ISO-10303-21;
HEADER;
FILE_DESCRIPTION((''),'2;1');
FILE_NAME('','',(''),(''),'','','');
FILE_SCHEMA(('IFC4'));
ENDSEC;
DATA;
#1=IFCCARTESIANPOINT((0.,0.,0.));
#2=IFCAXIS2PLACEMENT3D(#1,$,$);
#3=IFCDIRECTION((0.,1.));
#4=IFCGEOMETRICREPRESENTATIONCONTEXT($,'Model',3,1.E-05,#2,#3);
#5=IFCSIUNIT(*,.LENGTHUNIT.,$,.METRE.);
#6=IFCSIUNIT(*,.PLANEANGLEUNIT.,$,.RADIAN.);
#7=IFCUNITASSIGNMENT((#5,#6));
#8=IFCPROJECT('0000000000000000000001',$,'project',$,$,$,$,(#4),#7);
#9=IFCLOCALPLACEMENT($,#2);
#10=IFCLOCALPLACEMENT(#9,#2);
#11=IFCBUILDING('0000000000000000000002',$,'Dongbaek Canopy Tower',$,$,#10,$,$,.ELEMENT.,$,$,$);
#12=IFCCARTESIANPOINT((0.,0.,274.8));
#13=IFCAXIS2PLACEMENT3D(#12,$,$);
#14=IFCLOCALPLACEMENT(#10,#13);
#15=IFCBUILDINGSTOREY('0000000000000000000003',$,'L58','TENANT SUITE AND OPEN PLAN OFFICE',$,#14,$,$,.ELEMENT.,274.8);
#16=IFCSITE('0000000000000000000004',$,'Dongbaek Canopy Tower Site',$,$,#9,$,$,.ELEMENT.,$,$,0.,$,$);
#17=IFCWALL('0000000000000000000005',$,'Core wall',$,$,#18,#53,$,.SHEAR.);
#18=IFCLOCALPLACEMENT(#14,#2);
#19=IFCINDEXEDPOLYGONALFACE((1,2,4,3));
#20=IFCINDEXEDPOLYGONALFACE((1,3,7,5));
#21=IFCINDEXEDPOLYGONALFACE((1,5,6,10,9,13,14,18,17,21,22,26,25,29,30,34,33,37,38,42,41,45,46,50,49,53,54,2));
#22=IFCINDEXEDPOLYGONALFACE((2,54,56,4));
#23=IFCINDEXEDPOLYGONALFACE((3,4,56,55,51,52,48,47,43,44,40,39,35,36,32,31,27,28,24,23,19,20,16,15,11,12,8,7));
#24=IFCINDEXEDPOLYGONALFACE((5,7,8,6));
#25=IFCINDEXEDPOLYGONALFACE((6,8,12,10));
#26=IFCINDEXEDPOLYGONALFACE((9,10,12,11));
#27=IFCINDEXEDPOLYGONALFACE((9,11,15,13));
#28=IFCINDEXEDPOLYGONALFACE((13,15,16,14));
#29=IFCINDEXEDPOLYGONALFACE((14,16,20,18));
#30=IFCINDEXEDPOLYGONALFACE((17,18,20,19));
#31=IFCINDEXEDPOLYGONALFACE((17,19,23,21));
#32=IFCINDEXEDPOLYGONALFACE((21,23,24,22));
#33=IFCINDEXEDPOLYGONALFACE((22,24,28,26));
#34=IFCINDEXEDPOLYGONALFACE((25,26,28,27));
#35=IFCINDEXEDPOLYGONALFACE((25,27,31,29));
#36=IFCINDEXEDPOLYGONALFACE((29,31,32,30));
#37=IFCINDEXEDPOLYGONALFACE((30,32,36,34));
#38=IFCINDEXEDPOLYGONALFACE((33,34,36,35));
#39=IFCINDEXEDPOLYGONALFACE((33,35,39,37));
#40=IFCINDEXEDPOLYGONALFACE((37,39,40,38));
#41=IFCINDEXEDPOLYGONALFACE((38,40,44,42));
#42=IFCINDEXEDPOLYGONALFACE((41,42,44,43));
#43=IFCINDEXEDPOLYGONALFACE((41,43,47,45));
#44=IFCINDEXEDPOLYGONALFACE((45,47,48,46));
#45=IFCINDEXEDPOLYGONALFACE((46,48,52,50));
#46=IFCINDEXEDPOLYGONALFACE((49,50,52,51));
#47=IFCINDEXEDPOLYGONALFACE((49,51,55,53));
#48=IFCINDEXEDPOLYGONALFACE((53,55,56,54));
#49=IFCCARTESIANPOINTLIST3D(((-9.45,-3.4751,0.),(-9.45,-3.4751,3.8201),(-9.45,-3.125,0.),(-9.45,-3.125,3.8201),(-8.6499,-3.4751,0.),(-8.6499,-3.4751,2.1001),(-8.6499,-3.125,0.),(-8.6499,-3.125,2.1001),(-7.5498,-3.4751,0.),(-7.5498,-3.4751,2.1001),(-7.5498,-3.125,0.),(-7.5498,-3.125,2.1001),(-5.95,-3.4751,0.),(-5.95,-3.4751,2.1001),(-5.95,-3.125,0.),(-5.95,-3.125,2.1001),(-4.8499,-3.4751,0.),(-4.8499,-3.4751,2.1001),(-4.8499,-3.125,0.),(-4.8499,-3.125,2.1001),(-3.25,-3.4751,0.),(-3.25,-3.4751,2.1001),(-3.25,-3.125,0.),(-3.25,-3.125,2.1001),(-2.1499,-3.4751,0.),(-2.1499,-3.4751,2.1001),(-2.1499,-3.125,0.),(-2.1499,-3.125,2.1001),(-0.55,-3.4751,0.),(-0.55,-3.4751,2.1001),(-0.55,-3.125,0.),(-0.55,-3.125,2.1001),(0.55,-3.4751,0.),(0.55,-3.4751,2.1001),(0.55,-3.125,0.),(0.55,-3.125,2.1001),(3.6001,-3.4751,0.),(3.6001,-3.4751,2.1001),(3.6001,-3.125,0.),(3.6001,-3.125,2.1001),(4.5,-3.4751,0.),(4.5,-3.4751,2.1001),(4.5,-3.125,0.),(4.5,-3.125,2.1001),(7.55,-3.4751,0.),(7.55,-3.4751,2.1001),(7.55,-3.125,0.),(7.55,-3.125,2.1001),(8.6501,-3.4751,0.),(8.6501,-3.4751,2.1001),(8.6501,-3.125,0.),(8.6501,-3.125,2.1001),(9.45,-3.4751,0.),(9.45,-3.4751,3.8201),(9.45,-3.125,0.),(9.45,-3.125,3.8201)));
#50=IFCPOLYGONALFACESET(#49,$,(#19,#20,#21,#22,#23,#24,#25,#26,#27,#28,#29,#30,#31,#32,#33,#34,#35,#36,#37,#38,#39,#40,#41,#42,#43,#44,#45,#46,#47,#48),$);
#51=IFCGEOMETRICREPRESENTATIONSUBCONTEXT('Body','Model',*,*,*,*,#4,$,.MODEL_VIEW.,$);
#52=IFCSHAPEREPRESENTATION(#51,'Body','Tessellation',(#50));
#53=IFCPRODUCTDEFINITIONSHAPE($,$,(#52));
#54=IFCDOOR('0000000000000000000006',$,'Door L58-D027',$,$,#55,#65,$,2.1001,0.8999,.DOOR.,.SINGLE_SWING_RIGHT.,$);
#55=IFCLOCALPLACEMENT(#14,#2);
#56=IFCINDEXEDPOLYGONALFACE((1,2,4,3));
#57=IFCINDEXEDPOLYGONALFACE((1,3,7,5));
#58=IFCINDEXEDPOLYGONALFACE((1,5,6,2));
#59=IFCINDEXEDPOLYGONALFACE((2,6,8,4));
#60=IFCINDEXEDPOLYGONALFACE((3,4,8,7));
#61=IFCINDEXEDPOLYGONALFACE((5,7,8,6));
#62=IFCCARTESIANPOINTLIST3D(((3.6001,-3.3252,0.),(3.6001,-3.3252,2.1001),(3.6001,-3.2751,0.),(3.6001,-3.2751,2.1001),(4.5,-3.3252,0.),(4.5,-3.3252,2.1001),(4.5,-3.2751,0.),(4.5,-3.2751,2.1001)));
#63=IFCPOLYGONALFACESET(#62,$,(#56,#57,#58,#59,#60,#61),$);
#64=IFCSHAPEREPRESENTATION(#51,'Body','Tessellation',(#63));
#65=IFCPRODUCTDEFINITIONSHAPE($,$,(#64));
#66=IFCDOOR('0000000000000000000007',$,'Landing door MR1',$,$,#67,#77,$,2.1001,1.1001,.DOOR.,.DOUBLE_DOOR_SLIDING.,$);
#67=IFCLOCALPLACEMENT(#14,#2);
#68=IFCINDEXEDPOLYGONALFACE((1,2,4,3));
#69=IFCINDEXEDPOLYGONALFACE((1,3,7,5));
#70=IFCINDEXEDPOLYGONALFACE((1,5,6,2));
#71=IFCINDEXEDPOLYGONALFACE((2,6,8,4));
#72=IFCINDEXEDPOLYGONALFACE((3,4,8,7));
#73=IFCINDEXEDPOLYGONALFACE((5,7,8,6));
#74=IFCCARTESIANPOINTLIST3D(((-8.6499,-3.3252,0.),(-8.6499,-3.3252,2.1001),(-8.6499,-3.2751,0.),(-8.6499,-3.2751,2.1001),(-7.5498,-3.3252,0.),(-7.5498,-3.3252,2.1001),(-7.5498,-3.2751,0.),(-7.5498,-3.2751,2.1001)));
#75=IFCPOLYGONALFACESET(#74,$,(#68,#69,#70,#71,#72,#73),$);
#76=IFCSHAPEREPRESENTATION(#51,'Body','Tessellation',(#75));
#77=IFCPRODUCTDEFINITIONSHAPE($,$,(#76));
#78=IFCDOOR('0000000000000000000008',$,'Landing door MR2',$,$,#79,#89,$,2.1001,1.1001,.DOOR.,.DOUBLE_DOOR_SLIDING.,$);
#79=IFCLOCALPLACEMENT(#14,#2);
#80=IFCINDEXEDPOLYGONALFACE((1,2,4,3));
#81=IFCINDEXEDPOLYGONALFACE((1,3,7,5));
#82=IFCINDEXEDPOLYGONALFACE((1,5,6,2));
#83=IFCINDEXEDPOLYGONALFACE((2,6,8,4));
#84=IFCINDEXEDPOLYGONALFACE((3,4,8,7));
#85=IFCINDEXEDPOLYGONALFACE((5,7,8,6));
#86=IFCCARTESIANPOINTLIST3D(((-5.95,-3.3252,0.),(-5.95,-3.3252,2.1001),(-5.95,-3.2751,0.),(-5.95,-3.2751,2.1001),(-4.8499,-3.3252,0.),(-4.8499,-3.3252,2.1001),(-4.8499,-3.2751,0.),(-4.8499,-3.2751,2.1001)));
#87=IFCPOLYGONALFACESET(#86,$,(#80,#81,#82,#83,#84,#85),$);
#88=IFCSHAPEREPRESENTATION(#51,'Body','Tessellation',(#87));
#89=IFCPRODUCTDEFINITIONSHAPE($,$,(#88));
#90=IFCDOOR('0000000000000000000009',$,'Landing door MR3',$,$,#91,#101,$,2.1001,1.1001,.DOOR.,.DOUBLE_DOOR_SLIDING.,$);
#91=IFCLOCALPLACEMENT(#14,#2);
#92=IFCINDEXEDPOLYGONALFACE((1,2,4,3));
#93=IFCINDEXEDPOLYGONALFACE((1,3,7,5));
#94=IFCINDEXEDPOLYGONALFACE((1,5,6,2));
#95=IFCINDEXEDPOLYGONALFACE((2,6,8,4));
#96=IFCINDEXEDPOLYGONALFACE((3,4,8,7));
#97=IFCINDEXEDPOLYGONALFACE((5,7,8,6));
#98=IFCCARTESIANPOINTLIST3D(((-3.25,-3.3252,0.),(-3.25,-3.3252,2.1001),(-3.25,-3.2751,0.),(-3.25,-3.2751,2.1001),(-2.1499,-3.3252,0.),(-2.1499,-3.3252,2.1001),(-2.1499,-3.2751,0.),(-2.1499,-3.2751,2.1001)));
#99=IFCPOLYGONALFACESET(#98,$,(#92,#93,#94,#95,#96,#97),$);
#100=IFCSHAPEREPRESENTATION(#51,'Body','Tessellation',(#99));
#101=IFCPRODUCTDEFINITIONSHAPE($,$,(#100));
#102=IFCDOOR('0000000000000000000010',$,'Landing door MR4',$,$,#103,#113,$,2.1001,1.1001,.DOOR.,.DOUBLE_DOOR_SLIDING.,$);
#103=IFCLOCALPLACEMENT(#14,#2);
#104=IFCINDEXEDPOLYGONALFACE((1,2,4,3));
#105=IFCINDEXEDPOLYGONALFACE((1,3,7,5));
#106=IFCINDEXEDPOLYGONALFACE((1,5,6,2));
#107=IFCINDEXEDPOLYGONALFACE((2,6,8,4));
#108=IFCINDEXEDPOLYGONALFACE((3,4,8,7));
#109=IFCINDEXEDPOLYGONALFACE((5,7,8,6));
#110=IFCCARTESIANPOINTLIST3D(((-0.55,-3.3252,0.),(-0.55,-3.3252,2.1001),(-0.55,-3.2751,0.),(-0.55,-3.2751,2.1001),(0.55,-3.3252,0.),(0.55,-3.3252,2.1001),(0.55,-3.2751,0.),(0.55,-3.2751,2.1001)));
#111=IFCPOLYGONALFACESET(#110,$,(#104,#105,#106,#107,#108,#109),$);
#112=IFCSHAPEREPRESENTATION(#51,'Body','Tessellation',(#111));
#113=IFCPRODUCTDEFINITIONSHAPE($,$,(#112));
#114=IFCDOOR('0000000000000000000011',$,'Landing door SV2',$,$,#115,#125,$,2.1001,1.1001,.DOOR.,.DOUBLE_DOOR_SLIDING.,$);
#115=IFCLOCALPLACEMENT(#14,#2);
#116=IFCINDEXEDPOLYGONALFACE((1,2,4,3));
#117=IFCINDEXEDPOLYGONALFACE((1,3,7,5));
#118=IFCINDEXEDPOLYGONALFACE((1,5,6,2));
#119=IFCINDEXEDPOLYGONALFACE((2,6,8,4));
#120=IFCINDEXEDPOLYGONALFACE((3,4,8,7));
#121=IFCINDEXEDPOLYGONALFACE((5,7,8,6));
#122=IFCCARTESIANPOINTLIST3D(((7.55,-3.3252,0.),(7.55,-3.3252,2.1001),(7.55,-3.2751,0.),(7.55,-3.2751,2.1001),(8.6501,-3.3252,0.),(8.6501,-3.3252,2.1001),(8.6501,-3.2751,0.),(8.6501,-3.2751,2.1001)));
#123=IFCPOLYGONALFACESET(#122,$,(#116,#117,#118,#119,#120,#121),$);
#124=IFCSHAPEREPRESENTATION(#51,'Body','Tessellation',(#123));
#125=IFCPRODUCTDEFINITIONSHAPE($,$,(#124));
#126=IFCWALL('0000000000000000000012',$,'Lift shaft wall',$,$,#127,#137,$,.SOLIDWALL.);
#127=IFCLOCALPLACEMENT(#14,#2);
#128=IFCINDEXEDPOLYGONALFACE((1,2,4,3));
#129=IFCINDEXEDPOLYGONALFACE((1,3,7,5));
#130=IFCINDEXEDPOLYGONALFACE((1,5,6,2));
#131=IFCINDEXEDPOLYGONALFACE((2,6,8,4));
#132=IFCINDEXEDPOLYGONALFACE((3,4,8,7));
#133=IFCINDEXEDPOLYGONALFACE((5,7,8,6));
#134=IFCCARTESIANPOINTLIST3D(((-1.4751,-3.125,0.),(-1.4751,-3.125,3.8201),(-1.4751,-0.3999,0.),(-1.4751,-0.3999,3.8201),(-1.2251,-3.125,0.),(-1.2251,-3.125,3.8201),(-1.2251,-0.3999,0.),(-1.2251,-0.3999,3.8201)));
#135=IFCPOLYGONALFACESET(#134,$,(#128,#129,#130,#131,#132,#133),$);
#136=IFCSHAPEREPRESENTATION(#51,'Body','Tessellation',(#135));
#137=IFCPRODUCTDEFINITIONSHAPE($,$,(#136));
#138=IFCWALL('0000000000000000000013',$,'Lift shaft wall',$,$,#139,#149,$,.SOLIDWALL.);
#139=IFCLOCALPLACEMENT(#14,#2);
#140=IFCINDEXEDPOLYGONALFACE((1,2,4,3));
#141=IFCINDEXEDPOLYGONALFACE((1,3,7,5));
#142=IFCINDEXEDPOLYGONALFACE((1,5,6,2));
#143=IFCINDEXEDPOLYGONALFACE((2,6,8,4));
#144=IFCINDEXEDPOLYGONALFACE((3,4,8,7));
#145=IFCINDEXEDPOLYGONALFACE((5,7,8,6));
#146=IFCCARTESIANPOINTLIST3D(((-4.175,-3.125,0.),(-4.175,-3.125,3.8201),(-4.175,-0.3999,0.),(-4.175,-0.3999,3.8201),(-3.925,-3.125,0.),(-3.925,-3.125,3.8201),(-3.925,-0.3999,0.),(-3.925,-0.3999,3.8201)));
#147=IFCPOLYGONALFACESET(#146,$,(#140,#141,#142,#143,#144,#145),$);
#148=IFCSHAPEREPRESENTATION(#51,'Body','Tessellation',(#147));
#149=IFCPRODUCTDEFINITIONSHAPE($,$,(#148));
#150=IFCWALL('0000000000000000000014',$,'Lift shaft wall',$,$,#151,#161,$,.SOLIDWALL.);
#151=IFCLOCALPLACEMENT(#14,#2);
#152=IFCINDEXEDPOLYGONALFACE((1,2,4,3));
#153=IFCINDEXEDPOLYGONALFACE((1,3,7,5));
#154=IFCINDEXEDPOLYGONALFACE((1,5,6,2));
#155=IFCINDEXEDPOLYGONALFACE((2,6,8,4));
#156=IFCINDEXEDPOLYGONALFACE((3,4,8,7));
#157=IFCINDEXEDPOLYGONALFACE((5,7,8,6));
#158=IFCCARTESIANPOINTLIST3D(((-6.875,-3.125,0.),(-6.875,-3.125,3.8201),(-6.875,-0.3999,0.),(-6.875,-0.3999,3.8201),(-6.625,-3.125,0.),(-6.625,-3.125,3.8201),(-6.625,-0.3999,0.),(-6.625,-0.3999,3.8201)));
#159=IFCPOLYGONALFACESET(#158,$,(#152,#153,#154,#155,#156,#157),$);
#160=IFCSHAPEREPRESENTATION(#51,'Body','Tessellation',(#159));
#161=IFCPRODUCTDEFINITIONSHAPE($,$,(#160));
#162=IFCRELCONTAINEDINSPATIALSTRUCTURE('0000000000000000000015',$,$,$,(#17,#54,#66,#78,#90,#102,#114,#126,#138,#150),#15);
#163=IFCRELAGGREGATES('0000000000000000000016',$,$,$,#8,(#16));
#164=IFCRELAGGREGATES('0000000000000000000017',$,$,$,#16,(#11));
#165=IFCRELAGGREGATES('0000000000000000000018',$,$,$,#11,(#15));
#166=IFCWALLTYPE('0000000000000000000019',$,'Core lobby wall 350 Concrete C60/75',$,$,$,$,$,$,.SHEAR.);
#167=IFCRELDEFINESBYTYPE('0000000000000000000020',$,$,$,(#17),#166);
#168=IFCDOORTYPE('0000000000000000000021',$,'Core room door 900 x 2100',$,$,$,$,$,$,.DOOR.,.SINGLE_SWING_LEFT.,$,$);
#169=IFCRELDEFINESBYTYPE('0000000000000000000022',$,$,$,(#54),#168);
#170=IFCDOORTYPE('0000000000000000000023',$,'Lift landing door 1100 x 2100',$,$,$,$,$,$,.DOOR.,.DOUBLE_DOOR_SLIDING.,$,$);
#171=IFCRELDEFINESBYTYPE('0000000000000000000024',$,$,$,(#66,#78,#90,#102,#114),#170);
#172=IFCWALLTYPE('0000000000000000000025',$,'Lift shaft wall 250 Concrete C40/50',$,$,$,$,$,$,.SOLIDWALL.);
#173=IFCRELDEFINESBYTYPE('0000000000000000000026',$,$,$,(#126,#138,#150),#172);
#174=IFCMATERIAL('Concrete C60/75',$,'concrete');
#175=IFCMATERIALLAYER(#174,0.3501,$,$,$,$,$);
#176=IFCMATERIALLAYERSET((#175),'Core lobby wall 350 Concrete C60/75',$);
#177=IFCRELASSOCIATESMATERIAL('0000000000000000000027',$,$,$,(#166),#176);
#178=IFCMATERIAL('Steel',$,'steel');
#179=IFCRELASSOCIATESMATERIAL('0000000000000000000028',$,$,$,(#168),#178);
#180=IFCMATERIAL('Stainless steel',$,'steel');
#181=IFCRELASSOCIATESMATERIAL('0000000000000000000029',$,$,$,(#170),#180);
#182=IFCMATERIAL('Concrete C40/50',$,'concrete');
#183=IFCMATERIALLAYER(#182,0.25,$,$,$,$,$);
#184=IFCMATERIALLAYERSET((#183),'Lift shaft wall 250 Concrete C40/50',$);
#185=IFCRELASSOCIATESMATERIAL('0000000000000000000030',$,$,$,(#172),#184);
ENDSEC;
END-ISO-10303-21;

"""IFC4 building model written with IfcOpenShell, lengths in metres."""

from ifc_helpers import new_model, si_unit, direction, frame, frame_2d, origin, place, context, subcontext, project, spatial, rectangle, extrude, material, layer, layer_set, type_object, element, fill, save


model = new_model("IFC4")

# Units and contexts
model_context = context("Model", 3, precision=1e-05, world=origin(), true_north=direction((0.0, 1.0)))
body_context = subcontext(model_context, "Body", "Model", "MODEL_VIEW")
ifc_project = project(units=[si_unit("LENGTHUNIT", "METRE"), si_unit("PLANEANGLEUNIT", "RADIAN")], contexts=[model_context])

# Site, building, storey
site_placement = place(None, origin())
site = spatial("IfcSite", under=ifc_project, at=site_placement, Name="Dongbaek Canopy Tower Site", CompositionType="ELEMENT", RefElevation=0.0)
building_placement = place(site_placement, origin())
building = spatial("IfcBuilding", under=site, at=building_placement, Name="Dongbaek Canopy Tower", CompositionType="ELEMENT")
storey_placement = place(building_placement, frame((0.0, 0.0, 274.8)))
storey = spatial("IfcBuildingStorey", under=building, at=storey_placement, Name="L58", Description="TENANT SUITE AND OPEN PLAN OFFICE", CompositionType="ELEMENT", Elevation=274.8)

# Wall, openings, doors
ifc_material_1 = material(Name="Concrete C60/75", Category="concrete")
ifc_layer_1 = layer(ifc_material_1, 0.3501)
ifc_layer_set_1 = layer_set([ifc_layer_1], Name="Core lobby wall 350 Concrete C60/75")
wall_type_1 = type_object("IfcWallType", Name="Core lobby wall 350 Concrete C60/75", PredefinedType="SHEAR", material=ifc_layer_set_1)
wall_1_placement = place(storey_placement, frame((-9.45, -3.3, 0.0), z_axis=(0.0, 0.0, 1.0), x_axis=(1.0, 0.0, 0.0)))
wall_1 = element("IfcWall", 1, at=wall_1_placement, inside=storey, type_object=wall_type_1, Name="Core wall", PredefinedType="SHEAR", context=body_context, shape_type="SweptSolid", body=[
    extrude(rectangle(XDim=18.8999, YDim=0.3501, at=frame_2d((9.45, 0.0))), origin(), (0.0, 0.0, 1.0), 3.8201),
])
opening_1_placement = place(wall_1_placement, frame((0.8, 0.0, 0.0)))
opening_1 = element("IfcOpeningElement", 2, at=opening_1_placement, cuts=wall_1, PredefinedType="OPENING", context=body_context, shape_type="SweptSolid", body=[
    extrude(rectangle(XDim=1.1001, YDim=2.1001, at=frame_2d((0.55, 1.05))), frame((0.0, 0.1851, 0.0), z_axis=(0.0, -1.0, 0.0), x_axis=(1.0, 0.0, 0.0)), (0.0, 0.0, 1.0), 0.3701),
])
opening_2_placement = place(wall_1_placement, frame((3.5, 0.0, 0.0)))
opening_2 = element("IfcOpeningElement", 3, at=opening_2_placement, cuts=wall_1, PredefinedType="OPENING", context=body_context, shape_type="SweptSolid", body=[
    extrude(rectangle(XDim=1.1001, YDim=2.1001, at=frame_2d((0.55, 1.05))), frame((0.0, 0.1851, 0.0), z_axis=(0.0, -1.0, 0.0), x_axis=(1.0, 0.0, 0.0)), (0.0, 0.0, 1.0), 0.3701),
])
opening_3_placement = place(wall_1_placement, frame((6.2, 0.0, 0.0)))
opening_3 = element("IfcOpeningElement", 4, at=opening_3_placement, cuts=wall_1, PredefinedType="OPENING", context=body_context, shape_type="SweptSolid", body=[
    extrude(rectangle(XDim=1.1001, YDim=2.1001, at=frame_2d((0.55, 1.05))), frame((0.0, 0.1851, 0.0), z_axis=(0.0, -1.0, 0.0), x_axis=(1.0, 0.0, 0.0)), (0.0, 0.0, 1.0), 0.3701),
])
opening_4_placement = place(wall_1_placement, frame((8.8999, 0.0, 0.0)))
opening_4 = element("IfcOpeningElement", 5, at=opening_4_placement, cuts=wall_1, PredefinedType="OPENING", context=body_context, shape_type="SweptSolid", body=[
    extrude(rectangle(XDim=1.1001, YDim=2.1001, at=frame_2d((0.55, 1.05))), frame((0.0, 0.1851, 0.0), z_axis=(0.0, -1.0, 0.0), x_axis=(1.0, 0.0, 0.0)), (0.0, 0.0, 1.0), 0.3701),
])
opening_5_placement = place(wall_1_placement, frame((17.0, 0.0, 0.0)))
opening_5 = element("IfcOpeningElement", 6, at=opening_5_placement, cuts=wall_1, PredefinedType="OPENING", context=body_context, shape_type="SweptSolid", body=[
    extrude(rectangle(XDim=1.1001, YDim=2.1001, at=frame_2d((0.55, 1.05))), frame((0.0, 0.1851, 0.0), z_axis=(0.0, -1.0, 0.0), x_axis=(1.0, 0.0, 0.0)), (0.0, 0.0, 1.0), 0.3701),
])
opening_6_placement = place(wall_1_placement, frame((13.05, 0.0, 0.0)))
opening_6 = element("IfcOpeningElement", 7, at=opening_6_placement, cuts=wall_1, PredefinedType="OPENING", context=body_context, shape_type="SweptSolid", body=[
    extrude(rectangle(XDim=0.8999, YDim=2.1001, at=frame_2d((0.45, 1.05))), frame((0.0, 0.1851, 0.0), z_axis=(0.0, -1.0, 0.0), x_axis=(1.0, 0.0, 0.0)), (0.0, 0.0, 1.0), 0.3701),
])
ifc_material_2 = material(Name="Steel", Category="steel")
door_type_1 = type_object("IfcDoorType", Name="Core room door 900 x 2100", OperationType="SINGLE_SWING_LEFT", PredefinedType="DOOR", material=ifc_material_2)
door_1_placement = place(opening_6_placement, origin())
door_1 = element("IfcDoor", 8, at=door_1_placement, inside=storey, type_object=door_type_1, Name="Door L58-D027", OperationType="SINGLE_SWING_RIGHT", OverallHeight=2.1001, OverallWidth=0.8999, PredefinedType="DOOR", context=body_context, shape_type="SweptSolid", body=[
    extrude(rectangle(XDim=0.8999, YDim=2.1001, at=frame_2d((0.45, 1.05))), frame((0.0, 0.0249, 0.0), z_axis=(0.0, -1.0, 0.0), x_axis=(1.0, 0.0, 0.0)), (0.0, 0.0, 1.0), 0.05),
])
fill(opening_6, door_1)
ifc_material_3 = material(Name="Stainless steel", Category="steel")
door_type_2 = type_object("IfcDoorType", Name="Lift landing door 1100 x 2100", OperationType="DOUBLE_DOOR_SLIDING", PredefinedType="DOOR", material=ifc_material_3)
door_2_placement = place(opening_1_placement, origin())
door_2 = element("IfcDoor", 9, at=door_2_placement, inside=storey, type_object=door_type_2, Name="Landing door MR1", OperationType="DOUBLE_DOOR_SLIDING", OverallHeight=2.1001, OverallWidth=1.1001, PredefinedType="DOOR", context=body_context, shape_type="SweptSolid", body=[
    extrude(rectangle(XDim=1.1001, YDim=2.1001, at=frame_2d((0.55, 1.05))), frame((0.0, 0.0249, 0.0), z_axis=(0.0, -1.0, 0.0), x_axis=(1.0, 0.0, 0.0)), (0.0, 0.0, 1.0), 0.05),
])
fill(opening_1, door_2)
door_3_placement = place(opening_2_placement, origin())
door_3 = element("IfcDoor", 10, at=door_3_placement, inside=storey, type_object=door_type_2, Name="Landing door MR2", OperationType="DOUBLE_DOOR_SLIDING", OverallHeight=2.1001, OverallWidth=1.1001, PredefinedType="DOOR", context=body_context, shape_type="SweptSolid", body=[
    extrude(rectangle(XDim=1.1001, YDim=2.1001, at=frame_2d((0.55, 1.05))), frame((0.0, 0.0249, 0.0), z_axis=(0.0, -1.0, 0.0), x_axis=(1.0, 0.0, 0.0)), (0.0, 0.0, 1.0), 0.05),
])
fill(opening_2, door_3)
door_4_placement = place(opening_3_placement, origin())
door_4 = element("IfcDoor", 11, at=door_4_placement, inside=storey, type_object=door_type_2, Name="Landing door MR3", OperationType="DOUBLE_DOOR_SLIDING", OverallHeight=2.1001, OverallWidth=1.1001, PredefinedType="DOOR", context=body_context, shape_type="SweptSolid", body=[
    extrude(rectangle(XDim=1.1001, YDim=2.1001, at=frame_2d((0.55, 1.05))), frame((0.0, 0.0249, 0.0), z_axis=(0.0, -1.0, 0.0), x_axis=(1.0, 0.0, 0.0)), (0.0, 0.0, 1.0), 0.05),
])
fill(opening_3, door_4)
door_5_placement = place(opening_4_placement, origin())
door_5 = element("IfcDoor", 12, at=door_5_placement, inside=storey, type_object=door_type_2, Name="Landing door MR4", OperationType="DOUBLE_DOOR_SLIDING", OverallHeight=2.1001, OverallWidth=1.1001, PredefinedType="DOOR", context=body_context, shape_type="SweptSolid", body=[
    extrude(rectangle(XDim=1.1001, YDim=2.1001, at=frame_2d((0.55, 1.05))), frame((0.0, 0.0249, 0.0), z_axis=(0.0, -1.0, 0.0), x_axis=(1.0, 0.0, 0.0)), (0.0, 0.0, 1.0), 0.05),
])
fill(opening_4, door_5)
door_6_placement = place(opening_5_placement, origin())
door_6 = element("IfcDoor", 13, at=door_6_placement, inside=storey, type_object=door_type_2, Name="Landing door SV2", OperationType="DOUBLE_DOOR_SLIDING", OverallHeight=2.1001, OverallWidth=1.1001, PredefinedType="DOOR", context=body_context, shape_type="SweptSolid", body=[
    extrude(rectangle(XDim=1.1001, YDim=2.1001, at=frame_2d((0.55, 1.05))), frame((0.0, 0.0249, 0.0), z_axis=(0.0, -1.0, 0.0), x_axis=(1.0, 0.0, 0.0)), (0.0, 0.0, 1.0), 0.05),
])
fill(opening_5, door_6)

# Walls
ifc_material_4 = material(Name="Concrete C40/50", Category="concrete")
ifc_layer_2 = layer(ifc_material_4, 0.25)
ifc_layer_set_2 = layer_set([ifc_layer_2], Name="Lift shaft wall 250 Concrete C40/50")
wall_type_2 = type_object("IfcWallType", Name="Lift shaft wall 250 Concrete C40/50", PredefinedType="SOLIDWALL", material=ifc_layer_set_2)
for number, where, z_axis, x_axis, name in (
    (14, (-1.3501, -3.125, 0.0), (0.0, 0.0, 1.0), (0.0, 1.0, 0.0), "Lift shaft wall"),
    (15, (-4.05, -3.125, 0.0), (0.0, 0.0, 1.0), (0.0, 1.0, 0.0), "Lift shaft wall"),
    (16, (-6.75, -3.125, 0.0), (0.0, 0.0, 1.0), (0.0, 1.0, 0.0), "Lift shaft wall"),
):
    element("IfcWall", number, at=place(storey_placement, frame(where, z_axis=z_axis, x_axis=x_axis)), inside=storey, type_object=wall_type_2, Name=name, PredefinedType="SOLIDWALL", context=body_context, shape_type="SweptSolid", body=[
        extrude(rectangle(XDim=2.7251, YDim=0.25, at=frame_2d((1.3625, 0.0))), origin(), (0.0, 0.0, 1.0), 3.8201),
    ])

save(model, "model.ifc")
